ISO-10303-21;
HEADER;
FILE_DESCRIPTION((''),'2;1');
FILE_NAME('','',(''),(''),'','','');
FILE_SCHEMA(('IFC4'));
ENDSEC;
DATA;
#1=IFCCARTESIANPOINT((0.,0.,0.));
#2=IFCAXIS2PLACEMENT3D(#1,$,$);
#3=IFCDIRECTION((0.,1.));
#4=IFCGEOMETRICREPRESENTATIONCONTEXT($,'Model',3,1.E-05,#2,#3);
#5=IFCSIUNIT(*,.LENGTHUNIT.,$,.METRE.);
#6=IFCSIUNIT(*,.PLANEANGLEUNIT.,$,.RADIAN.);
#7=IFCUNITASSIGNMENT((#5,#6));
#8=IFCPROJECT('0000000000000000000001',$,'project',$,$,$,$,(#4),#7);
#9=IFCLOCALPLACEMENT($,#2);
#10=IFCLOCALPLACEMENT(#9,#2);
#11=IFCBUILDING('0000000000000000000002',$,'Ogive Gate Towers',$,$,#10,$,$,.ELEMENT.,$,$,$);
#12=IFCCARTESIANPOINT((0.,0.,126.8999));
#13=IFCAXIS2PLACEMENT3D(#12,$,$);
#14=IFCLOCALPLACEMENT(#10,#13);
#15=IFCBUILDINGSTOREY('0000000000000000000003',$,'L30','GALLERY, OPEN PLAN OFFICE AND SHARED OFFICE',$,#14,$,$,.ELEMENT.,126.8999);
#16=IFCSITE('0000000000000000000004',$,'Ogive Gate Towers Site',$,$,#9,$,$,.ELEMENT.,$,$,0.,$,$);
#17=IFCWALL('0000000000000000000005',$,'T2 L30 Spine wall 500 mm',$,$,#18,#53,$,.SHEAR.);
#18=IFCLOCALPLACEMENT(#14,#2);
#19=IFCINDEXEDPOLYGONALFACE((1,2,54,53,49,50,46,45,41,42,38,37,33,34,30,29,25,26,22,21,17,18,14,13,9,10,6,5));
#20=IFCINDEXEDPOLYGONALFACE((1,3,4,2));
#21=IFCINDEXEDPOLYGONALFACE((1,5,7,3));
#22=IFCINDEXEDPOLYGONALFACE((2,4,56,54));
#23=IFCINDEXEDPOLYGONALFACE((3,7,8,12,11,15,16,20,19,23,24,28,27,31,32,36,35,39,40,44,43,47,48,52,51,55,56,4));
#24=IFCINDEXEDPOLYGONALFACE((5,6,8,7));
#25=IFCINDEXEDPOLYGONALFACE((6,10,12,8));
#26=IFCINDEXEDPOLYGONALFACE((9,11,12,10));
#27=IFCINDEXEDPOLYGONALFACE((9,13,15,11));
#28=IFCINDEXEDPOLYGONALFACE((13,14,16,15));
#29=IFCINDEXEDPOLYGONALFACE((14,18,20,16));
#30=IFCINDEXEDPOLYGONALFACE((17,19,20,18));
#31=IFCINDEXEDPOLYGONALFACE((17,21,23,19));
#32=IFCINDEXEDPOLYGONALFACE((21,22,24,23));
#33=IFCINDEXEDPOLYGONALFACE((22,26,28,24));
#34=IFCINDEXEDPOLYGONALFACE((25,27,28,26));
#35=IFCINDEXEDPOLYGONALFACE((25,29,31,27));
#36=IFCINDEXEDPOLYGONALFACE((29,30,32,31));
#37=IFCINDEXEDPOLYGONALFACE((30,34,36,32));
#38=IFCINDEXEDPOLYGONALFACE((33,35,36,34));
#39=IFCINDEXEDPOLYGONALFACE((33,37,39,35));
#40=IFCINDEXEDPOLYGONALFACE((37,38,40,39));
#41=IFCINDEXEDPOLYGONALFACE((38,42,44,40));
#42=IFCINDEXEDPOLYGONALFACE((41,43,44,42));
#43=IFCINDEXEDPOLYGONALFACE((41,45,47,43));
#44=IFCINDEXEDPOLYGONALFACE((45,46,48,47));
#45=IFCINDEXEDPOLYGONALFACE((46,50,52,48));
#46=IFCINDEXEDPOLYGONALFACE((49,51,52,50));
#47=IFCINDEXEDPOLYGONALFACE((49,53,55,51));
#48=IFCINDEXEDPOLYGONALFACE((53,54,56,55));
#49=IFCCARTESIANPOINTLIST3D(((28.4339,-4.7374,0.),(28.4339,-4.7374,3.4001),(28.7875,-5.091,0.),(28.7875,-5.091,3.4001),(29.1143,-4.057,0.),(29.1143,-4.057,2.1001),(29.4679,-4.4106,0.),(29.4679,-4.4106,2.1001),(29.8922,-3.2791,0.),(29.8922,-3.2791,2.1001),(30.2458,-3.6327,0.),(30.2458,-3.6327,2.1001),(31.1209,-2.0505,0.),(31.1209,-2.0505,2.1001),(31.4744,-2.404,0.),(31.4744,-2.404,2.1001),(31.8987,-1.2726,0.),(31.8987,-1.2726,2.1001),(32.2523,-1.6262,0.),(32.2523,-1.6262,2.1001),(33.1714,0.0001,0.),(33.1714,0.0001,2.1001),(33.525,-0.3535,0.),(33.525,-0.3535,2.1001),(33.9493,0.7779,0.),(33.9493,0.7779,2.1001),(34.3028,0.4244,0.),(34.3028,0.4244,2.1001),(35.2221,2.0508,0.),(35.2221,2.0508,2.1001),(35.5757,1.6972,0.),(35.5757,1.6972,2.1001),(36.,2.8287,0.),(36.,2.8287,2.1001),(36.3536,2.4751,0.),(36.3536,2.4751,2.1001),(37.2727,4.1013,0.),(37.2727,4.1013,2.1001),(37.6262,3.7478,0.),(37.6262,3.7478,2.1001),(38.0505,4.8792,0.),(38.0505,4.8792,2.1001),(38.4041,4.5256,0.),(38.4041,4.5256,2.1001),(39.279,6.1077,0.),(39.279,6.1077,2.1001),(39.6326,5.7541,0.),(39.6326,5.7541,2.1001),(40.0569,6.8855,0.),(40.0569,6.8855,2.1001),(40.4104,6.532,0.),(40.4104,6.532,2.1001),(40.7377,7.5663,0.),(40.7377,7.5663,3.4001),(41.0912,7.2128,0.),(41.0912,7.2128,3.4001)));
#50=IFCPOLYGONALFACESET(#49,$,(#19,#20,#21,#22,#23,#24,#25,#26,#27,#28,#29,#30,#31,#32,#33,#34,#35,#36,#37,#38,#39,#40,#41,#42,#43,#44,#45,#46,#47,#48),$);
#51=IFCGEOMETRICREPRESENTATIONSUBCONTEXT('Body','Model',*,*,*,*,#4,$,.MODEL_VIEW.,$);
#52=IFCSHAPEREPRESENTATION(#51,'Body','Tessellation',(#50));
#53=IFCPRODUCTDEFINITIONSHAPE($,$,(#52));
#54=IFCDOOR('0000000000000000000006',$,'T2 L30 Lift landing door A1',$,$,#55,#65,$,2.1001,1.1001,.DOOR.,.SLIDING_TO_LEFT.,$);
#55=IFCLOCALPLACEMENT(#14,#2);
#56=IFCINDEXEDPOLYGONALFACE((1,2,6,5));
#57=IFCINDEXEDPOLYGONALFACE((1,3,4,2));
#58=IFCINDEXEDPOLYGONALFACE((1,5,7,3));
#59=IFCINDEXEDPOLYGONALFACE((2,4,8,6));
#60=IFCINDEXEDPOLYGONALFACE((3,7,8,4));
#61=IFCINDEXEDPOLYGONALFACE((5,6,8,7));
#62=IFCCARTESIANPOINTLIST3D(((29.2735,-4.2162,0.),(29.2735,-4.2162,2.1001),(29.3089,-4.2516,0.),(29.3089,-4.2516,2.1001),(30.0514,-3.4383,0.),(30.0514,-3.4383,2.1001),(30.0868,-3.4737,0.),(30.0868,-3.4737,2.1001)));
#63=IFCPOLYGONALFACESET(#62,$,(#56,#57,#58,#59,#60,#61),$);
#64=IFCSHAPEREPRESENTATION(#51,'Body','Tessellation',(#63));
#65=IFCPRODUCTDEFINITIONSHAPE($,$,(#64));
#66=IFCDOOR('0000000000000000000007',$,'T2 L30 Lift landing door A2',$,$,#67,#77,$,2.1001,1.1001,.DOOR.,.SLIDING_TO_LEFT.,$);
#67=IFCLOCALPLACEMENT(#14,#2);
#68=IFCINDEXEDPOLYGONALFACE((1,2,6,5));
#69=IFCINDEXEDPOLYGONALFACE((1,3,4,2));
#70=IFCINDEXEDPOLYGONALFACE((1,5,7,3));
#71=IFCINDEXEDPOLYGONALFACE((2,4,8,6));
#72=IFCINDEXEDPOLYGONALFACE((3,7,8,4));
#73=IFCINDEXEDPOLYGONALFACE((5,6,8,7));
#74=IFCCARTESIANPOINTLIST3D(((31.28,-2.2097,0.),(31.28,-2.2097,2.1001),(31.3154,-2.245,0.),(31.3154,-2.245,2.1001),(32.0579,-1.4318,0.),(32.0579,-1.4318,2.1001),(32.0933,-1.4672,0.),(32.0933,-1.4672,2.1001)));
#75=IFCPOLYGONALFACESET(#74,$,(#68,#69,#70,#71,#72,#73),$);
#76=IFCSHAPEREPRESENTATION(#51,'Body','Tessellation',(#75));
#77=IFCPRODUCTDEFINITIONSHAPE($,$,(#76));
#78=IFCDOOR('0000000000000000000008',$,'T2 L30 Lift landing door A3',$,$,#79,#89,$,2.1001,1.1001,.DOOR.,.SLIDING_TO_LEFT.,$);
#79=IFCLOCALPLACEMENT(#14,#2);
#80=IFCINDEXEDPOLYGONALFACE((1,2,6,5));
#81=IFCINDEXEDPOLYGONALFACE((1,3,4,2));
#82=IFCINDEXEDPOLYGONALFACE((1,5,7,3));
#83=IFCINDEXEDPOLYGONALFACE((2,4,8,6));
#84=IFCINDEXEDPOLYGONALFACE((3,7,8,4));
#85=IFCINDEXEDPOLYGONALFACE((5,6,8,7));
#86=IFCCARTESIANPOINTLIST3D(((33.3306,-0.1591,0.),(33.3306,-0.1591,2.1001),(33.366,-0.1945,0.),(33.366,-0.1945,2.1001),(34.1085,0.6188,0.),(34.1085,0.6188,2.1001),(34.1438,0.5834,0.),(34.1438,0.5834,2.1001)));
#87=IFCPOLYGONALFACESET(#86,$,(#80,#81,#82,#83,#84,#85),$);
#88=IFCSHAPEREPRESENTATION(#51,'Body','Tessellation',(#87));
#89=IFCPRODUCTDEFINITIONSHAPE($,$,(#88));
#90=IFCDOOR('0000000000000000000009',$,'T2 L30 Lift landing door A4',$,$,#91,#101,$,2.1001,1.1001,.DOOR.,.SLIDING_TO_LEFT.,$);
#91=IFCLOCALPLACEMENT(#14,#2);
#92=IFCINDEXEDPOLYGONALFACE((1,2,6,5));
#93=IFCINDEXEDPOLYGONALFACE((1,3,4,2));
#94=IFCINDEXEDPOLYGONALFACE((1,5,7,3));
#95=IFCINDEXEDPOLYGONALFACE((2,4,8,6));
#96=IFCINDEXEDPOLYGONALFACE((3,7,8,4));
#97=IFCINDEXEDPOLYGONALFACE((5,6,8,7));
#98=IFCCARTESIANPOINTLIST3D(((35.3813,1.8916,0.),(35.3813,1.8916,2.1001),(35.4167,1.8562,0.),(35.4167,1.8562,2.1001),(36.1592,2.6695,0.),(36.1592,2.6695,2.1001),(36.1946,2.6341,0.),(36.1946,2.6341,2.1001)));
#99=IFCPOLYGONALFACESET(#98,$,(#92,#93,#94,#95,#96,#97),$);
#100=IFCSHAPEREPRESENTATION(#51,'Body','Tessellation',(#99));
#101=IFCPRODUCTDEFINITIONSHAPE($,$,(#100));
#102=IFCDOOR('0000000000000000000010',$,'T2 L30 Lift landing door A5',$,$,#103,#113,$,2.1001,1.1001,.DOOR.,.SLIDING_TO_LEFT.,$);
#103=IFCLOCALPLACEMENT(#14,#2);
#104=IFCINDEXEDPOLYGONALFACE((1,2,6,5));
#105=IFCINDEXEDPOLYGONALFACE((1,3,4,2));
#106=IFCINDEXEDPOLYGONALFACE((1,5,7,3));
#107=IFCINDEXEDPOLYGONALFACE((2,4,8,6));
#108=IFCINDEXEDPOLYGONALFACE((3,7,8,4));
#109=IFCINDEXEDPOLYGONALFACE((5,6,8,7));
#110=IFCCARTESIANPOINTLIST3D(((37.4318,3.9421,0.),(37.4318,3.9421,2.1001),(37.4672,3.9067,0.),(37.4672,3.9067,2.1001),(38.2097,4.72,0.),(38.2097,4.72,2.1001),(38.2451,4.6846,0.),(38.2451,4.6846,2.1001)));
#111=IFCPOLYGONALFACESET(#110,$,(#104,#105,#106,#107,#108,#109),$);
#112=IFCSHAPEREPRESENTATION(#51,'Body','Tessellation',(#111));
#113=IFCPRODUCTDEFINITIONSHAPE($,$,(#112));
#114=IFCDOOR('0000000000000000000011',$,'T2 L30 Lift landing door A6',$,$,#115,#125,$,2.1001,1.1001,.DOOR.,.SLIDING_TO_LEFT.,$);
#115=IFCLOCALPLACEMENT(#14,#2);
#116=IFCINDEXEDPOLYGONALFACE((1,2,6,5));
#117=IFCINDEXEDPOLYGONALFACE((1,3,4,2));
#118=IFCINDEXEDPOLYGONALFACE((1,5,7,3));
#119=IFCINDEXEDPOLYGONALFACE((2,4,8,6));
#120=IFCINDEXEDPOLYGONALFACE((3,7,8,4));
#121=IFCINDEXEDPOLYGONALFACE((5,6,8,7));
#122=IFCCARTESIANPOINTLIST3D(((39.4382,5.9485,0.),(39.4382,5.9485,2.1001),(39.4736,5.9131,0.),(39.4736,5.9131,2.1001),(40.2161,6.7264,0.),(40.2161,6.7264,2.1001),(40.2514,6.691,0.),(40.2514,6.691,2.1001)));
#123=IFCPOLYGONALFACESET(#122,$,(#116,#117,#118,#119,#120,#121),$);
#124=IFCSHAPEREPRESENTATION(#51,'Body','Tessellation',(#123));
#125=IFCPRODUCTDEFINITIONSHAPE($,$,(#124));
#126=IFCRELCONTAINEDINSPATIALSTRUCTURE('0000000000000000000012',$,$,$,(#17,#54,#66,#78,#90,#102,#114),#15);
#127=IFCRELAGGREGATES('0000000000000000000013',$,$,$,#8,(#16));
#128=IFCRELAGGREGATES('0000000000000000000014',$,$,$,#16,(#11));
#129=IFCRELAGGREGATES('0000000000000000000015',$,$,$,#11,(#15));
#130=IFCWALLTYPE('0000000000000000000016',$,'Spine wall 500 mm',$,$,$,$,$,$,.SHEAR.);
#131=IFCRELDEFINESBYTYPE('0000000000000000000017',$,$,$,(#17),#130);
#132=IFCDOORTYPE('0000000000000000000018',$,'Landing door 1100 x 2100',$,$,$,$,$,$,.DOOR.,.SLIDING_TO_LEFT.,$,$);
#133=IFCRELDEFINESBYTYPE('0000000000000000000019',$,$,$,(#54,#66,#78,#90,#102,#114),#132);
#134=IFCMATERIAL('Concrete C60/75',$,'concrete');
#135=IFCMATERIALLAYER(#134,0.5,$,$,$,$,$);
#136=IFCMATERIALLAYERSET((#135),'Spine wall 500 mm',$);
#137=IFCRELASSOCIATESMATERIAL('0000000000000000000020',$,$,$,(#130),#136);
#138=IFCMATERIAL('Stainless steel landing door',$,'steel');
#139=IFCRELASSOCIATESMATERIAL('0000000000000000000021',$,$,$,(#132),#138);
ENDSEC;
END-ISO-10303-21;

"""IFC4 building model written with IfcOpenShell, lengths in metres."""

from ifc_helpers import new_model, si_unit, direction, frame, frame_2d, origin, place, context, subcontext, project, spatial, rectangle, extrude, material, layer, layer_set, type_object, element, fill, save


model = new_model("IFC4")

# Units and contexts
model_context = context("Model", 3, precision=1e-05, world=origin(), true_north=direction((0.0, 1.0)))
body_context = subcontext(model_context, "Body", "Model", "MODEL_VIEW")
ifc_project = project(units=[si_unit("LENGTHUNIT", "METRE"), si_unit("PLANEANGLEUNIT", "RADIAN")], contexts=[model_context])

# Site, building, storey
site_placement = place(None, origin())
site = spatial("IfcSite", under=ifc_project, at=site_placement, Name="Ogive Gate Towers Site", CompositionType="ELEMENT", RefElevation=0.0)
building_placement = place(site_placement, origin())
building = spatial("IfcBuilding", under=site, at=building_placement, Name="Ogive Gate Towers", CompositionType="ELEMENT")
storey_placement = place(building_placement, frame((0.0, 0.0, 126.8999)))
storey = spatial("IfcBuildingStorey", under=building, at=storey_placement, Name="L30", Description="GALLERY, OPEN PLAN OFFICE AND SHARED OFFICE", CompositionType="ELEMENT", Elevation=126.8999)

# Shared definitions
ifc_material_1 = material(Name="Concrete C60/75", Category="concrete")

# Wall, openings, doors
ifc_layer_1 = layer(ifc_material_1, 0.5)
ifc_layer_set_1 = layer_set([ifc_layer_1], Name="Spine wall 500 mm")
wall_type_1 = type_object("IfcWallType", Name="Spine wall 500 mm", PredefinedType="SHEAR", material=ifc_layer_set_1)
ifc_material_2 = material(Name="Stainless steel landing door", Category="steel")
wall_1_placement = place(storey_placement, frame((28.6106, -4.9143, 0.0), z_axis=(0.0, 0.0, 1.0), x_axis=(0.707107, 0.707107, 0.0)))
wall_1 = element("IfcWall", 1, at=wall_1_placement, inside=storey, type_object=wall_type_1, Name="T2 L30 Spine wall 500 mm", PredefinedType="SHEAR", context=body_context, shape_type="SweptSolid", body=[
    extrude(rectangle(XDim=17.4001, YDim=0.5, at=frame_2d((8.7002, 0.0))), origin(), (0.0, 0.0, 1.0), 3.4001),
])
opening_1_placement = place(wall_1_placement, frame((0.9624, 0.0, 0.0)))
opening_1 = element("IfcOpeningElement", 2, at=opening_1_placement, cuts=wall_1, PredefinedType="OPENING", context=body_context, shape_type="SweptSolid", body=[
    extrude(rectangle(XDim=1.1001, YDim=2.1001, at=frame_2d((0.55, 1.05))), frame((0.0, 0.26, 0.0), z_axis=(0.0, -1.0, 0.0), x_axis=(1.0, 0.0, 0.0)), (0.0, 0.0, 1.0), 0.52),
])
opening_2_placement = place(wall_1_placement, frame((3.8, 0.0, 0.0)))
opening_2 = element("IfcOpeningElement", 3, at=opening_2_placement, cuts=wall_1, PredefinedType="OPENING", context=body_context, shape_type="SweptSolid", body=[
    extrude(rectangle(XDim=1.1001, YDim=2.1001, at=frame_2d((0.55, 1.05))), frame((0.0, 0.26, 0.0), z_axis=(0.0, -1.0, 0.0), x_axis=(1.0, 0.0, 0.0)), (0.0, 0.0, 1.0), 0.52),
])
opening_3_placement = place(wall_1_placement, frame((6.7, 0.0, 0.0)))
opening_3 = element("IfcOpeningElement", 4, at=opening_3_placement, cuts=wall_1, PredefinedType="OPENING", context=body_context, shape_type="SweptSolid", body=[
    extrude(rectangle(XDim=1.1001, YDim=2.1001, at=frame_2d((0.55, 1.05))), frame((0.0, 0.26, 0.0), z_axis=(0.0, -1.0, 0.0), x_axis=(1.0, 0.0, 0.0)), (0.0, 0.0, 1.0), 0.52),
])
opening_4_placement = place(wall_1_placement, frame((9.6001, 0.0, 0.0)))
opening_4 = element("IfcOpeningElement", 5, at=opening_4_placement, cuts=wall_1, PredefinedType="OPENING", context=body_context, shape_type="SweptSolid", body=[
    extrude(rectangle(XDim=1.1001, YDim=2.1001, at=frame_2d((0.55, 1.05))), frame((0.0, 0.26, 0.0), z_axis=(0.0, -1.0, 0.0), x_axis=(1.0, 0.0, 0.0)), (0.0, 0.0, 1.0), 0.52),
])
opening_5_placement = place(wall_1_placement, frame((12.5, 0.0, 0.0)))
opening_5 = element("IfcOpeningElement", 6, at=opening_5_placement, cuts=wall_1, PredefinedType="OPENING", context=body_context, shape_type="SweptSolid", body=[
    extrude(rectangle(XDim=1.1001, YDim=2.1001, at=frame_2d((0.55, 1.05))), frame((0.0, 0.26, 0.0), z_axis=(0.0, -1.0, 0.0), x_axis=(1.0, 0.0, 0.0)), (0.0, 0.0, 1.0), 0.52),
])
opening_6_placement = place(wall_1_placement, frame((15.3374, 0.0, 0.0)))
opening_6 = element("IfcOpeningElement", 7, at=opening_6_placement, cuts=wall_1, PredefinedType="OPENING", context=body_context, shape_type="SweptSolid", body=[
    extrude(rectangle(XDim=1.1001, YDim=2.1001, at=frame_2d((0.55, 1.05))), frame((0.0, 0.26, 0.0), z_axis=(0.0, -1.0, 0.0), x_axis=(1.0, 0.0, 0.0)), (0.0, 0.0, 1.0), 0.52),
])
door_type_1 = type_object("IfcDoorType", Name="Landing door 1100 x 2100", OperationType="SLIDING_TO_LEFT", PredefinedType="DOOR", material=ifc_material_2)
door_1_placement = place(opening_1_placement, origin())
door_1 = element("IfcDoor", 8, at=door_1_placement, inside=storey, type_object=door_type_1, Name="T2 L30 Lift landing door A1", OperationType="SLIDING_TO_LEFT", OverallHeight=2.1001, OverallWidth=1.1001, PredefinedType="DOOR", context=body_context, shape_type="SweptSolid", body=[
    extrude(rectangle(XDim=1.1001, YDim=2.1001, at=frame_2d((0.55, 1.05))), frame((0.0, 0.0249, 0.0), z_axis=(0.0, -1.0, 0.0), x_axis=(1.0, 0.0, 0.0)), (0.0, 0.0, 1.0), 0.05),
])
fill(opening_1, door_1)
door_2_placement = place(opening_2_placement, origin())
door_2 = element("IfcDoor", 9, at=door_2_placement, inside=storey, type_object=door_type_1, Name="T2 L30 Lift landing door A2", OperationType="SLIDING_TO_LEFT", OverallHeight=2.1001, OverallWidth=1.1001, PredefinedType="DOOR", context=body_context, shape_type="SweptSolid", body=[
    extrude(rectangle(XDim=1.1001, YDim=2.1001, at=frame_2d((0.55, 1.05))), frame((0.0, 0.0249, 0.0), z_axis=(0.0, -1.0, 0.0), x_axis=(1.0, 0.0, 0.0)), (0.0, 0.0, 1.0), 0.05),
])
fill(opening_2, door_2)
door_3_placement = place(opening_3_placement, origin())
door_3 = element("IfcDoor", 10, at=door_3_placement, inside=storey, type_object=door_type_1, Name="T2 L30 Lift landing door A3", OperationType="SLIDING_TO_LEFT", OverallHeight=2.1001, OverallWidth=1.1001, PredefinedType="DOOR", context=body_context, shape_type="SweptSolid", body=[
    extrude(rectangle(XDim=1.1001, YDim=2.1001, at=frame_2d((0.55, 1.05))), frame((0.0, 0.0249, 0.0), z_axis=(0.0, -1.0, 0.0), x_axis=(1.0, 0.0, 0.0)), (0.0, 0.0, 1.0), 0.05),
])
fill(opening_3, door_3)
door_4_placement = place(opening_4_placement, origin())
door_4 = element("IfcDoor", 11, at=door_4_placement, inside=storey, type_object=door_type_1, Name="T2 L30 Lift landing door A4", OperationType="SLIDING_TO_LEFT", OverallHeight=2.1001, OverallWidth=1.1001, PredefinedType="DOOR", context=body_context, shape_type="SweptSolid", body=[
    extrude(rectangle(XDim=1.1001, YDim=2.1001, at=frame_2d((0.55, 1.05))), frame((0.0, 0.0249, 0.0), z_axis=(0.0, -1.0, 0.0), x_axis=(1.0, 0.0, 0.0)), (0.0, 0.0, 1.0), 0.05),
])
fill(opening_4, door_4)
door_5_placement = place(opening_5_placement, origin())
door_5 = element("IfcDoor", 12, at=door_5_placement, inside=storey, type_object=door_type_1, Name="T2 L30 Lift landing door A5", OperationType="SLIDING_TO_LEFT", OverallHeight=2.1001, OverallWidth=1.1001, PredefinedType="DOOR", context=body_context, shape_type="SweptSolid", body=[
    extrude(rectangle(XDim=1.1001, YDim=2.1001, at=frame_2d((0.55, 1.05))), frame((0.0, 0.0249, 0.0), z_axis=(0.0, -1.0, 0.0), x_axis=(1.0, 0.0, 0.0)), (0.0, 0.0, 1.0), 0.05),
])
fill(opening_5, door_5)
door_6_placement = place(opening_6_placement, origin())
door_6 = element("IfcDoor", 13, at=door_6_placement, inside=storey, type_object=door_type_1, Name="T2 L30 Lift landing door A6", OperationType="SLIDING_TO_LEFT", OverallHeight=2.1001, OverallWidth=1.1001, PredefinedType="DOOR", context=body_context, shape_type="SweptSolid", body=[
    extrude(rectangle(XDim=1.1001, YDim=2.1001, at=frame_2d((0.55, 1.05))), frame((0.0, 0.0249, 0.0), z_axis=(0.0, -1.0, 0.0), x_axis=(1.0, 0.0, 0.0)), (0.0, 0.0, 1.0), 0.05),
])
fill(opening_6, door_6)

save(model, "model.ifc")
